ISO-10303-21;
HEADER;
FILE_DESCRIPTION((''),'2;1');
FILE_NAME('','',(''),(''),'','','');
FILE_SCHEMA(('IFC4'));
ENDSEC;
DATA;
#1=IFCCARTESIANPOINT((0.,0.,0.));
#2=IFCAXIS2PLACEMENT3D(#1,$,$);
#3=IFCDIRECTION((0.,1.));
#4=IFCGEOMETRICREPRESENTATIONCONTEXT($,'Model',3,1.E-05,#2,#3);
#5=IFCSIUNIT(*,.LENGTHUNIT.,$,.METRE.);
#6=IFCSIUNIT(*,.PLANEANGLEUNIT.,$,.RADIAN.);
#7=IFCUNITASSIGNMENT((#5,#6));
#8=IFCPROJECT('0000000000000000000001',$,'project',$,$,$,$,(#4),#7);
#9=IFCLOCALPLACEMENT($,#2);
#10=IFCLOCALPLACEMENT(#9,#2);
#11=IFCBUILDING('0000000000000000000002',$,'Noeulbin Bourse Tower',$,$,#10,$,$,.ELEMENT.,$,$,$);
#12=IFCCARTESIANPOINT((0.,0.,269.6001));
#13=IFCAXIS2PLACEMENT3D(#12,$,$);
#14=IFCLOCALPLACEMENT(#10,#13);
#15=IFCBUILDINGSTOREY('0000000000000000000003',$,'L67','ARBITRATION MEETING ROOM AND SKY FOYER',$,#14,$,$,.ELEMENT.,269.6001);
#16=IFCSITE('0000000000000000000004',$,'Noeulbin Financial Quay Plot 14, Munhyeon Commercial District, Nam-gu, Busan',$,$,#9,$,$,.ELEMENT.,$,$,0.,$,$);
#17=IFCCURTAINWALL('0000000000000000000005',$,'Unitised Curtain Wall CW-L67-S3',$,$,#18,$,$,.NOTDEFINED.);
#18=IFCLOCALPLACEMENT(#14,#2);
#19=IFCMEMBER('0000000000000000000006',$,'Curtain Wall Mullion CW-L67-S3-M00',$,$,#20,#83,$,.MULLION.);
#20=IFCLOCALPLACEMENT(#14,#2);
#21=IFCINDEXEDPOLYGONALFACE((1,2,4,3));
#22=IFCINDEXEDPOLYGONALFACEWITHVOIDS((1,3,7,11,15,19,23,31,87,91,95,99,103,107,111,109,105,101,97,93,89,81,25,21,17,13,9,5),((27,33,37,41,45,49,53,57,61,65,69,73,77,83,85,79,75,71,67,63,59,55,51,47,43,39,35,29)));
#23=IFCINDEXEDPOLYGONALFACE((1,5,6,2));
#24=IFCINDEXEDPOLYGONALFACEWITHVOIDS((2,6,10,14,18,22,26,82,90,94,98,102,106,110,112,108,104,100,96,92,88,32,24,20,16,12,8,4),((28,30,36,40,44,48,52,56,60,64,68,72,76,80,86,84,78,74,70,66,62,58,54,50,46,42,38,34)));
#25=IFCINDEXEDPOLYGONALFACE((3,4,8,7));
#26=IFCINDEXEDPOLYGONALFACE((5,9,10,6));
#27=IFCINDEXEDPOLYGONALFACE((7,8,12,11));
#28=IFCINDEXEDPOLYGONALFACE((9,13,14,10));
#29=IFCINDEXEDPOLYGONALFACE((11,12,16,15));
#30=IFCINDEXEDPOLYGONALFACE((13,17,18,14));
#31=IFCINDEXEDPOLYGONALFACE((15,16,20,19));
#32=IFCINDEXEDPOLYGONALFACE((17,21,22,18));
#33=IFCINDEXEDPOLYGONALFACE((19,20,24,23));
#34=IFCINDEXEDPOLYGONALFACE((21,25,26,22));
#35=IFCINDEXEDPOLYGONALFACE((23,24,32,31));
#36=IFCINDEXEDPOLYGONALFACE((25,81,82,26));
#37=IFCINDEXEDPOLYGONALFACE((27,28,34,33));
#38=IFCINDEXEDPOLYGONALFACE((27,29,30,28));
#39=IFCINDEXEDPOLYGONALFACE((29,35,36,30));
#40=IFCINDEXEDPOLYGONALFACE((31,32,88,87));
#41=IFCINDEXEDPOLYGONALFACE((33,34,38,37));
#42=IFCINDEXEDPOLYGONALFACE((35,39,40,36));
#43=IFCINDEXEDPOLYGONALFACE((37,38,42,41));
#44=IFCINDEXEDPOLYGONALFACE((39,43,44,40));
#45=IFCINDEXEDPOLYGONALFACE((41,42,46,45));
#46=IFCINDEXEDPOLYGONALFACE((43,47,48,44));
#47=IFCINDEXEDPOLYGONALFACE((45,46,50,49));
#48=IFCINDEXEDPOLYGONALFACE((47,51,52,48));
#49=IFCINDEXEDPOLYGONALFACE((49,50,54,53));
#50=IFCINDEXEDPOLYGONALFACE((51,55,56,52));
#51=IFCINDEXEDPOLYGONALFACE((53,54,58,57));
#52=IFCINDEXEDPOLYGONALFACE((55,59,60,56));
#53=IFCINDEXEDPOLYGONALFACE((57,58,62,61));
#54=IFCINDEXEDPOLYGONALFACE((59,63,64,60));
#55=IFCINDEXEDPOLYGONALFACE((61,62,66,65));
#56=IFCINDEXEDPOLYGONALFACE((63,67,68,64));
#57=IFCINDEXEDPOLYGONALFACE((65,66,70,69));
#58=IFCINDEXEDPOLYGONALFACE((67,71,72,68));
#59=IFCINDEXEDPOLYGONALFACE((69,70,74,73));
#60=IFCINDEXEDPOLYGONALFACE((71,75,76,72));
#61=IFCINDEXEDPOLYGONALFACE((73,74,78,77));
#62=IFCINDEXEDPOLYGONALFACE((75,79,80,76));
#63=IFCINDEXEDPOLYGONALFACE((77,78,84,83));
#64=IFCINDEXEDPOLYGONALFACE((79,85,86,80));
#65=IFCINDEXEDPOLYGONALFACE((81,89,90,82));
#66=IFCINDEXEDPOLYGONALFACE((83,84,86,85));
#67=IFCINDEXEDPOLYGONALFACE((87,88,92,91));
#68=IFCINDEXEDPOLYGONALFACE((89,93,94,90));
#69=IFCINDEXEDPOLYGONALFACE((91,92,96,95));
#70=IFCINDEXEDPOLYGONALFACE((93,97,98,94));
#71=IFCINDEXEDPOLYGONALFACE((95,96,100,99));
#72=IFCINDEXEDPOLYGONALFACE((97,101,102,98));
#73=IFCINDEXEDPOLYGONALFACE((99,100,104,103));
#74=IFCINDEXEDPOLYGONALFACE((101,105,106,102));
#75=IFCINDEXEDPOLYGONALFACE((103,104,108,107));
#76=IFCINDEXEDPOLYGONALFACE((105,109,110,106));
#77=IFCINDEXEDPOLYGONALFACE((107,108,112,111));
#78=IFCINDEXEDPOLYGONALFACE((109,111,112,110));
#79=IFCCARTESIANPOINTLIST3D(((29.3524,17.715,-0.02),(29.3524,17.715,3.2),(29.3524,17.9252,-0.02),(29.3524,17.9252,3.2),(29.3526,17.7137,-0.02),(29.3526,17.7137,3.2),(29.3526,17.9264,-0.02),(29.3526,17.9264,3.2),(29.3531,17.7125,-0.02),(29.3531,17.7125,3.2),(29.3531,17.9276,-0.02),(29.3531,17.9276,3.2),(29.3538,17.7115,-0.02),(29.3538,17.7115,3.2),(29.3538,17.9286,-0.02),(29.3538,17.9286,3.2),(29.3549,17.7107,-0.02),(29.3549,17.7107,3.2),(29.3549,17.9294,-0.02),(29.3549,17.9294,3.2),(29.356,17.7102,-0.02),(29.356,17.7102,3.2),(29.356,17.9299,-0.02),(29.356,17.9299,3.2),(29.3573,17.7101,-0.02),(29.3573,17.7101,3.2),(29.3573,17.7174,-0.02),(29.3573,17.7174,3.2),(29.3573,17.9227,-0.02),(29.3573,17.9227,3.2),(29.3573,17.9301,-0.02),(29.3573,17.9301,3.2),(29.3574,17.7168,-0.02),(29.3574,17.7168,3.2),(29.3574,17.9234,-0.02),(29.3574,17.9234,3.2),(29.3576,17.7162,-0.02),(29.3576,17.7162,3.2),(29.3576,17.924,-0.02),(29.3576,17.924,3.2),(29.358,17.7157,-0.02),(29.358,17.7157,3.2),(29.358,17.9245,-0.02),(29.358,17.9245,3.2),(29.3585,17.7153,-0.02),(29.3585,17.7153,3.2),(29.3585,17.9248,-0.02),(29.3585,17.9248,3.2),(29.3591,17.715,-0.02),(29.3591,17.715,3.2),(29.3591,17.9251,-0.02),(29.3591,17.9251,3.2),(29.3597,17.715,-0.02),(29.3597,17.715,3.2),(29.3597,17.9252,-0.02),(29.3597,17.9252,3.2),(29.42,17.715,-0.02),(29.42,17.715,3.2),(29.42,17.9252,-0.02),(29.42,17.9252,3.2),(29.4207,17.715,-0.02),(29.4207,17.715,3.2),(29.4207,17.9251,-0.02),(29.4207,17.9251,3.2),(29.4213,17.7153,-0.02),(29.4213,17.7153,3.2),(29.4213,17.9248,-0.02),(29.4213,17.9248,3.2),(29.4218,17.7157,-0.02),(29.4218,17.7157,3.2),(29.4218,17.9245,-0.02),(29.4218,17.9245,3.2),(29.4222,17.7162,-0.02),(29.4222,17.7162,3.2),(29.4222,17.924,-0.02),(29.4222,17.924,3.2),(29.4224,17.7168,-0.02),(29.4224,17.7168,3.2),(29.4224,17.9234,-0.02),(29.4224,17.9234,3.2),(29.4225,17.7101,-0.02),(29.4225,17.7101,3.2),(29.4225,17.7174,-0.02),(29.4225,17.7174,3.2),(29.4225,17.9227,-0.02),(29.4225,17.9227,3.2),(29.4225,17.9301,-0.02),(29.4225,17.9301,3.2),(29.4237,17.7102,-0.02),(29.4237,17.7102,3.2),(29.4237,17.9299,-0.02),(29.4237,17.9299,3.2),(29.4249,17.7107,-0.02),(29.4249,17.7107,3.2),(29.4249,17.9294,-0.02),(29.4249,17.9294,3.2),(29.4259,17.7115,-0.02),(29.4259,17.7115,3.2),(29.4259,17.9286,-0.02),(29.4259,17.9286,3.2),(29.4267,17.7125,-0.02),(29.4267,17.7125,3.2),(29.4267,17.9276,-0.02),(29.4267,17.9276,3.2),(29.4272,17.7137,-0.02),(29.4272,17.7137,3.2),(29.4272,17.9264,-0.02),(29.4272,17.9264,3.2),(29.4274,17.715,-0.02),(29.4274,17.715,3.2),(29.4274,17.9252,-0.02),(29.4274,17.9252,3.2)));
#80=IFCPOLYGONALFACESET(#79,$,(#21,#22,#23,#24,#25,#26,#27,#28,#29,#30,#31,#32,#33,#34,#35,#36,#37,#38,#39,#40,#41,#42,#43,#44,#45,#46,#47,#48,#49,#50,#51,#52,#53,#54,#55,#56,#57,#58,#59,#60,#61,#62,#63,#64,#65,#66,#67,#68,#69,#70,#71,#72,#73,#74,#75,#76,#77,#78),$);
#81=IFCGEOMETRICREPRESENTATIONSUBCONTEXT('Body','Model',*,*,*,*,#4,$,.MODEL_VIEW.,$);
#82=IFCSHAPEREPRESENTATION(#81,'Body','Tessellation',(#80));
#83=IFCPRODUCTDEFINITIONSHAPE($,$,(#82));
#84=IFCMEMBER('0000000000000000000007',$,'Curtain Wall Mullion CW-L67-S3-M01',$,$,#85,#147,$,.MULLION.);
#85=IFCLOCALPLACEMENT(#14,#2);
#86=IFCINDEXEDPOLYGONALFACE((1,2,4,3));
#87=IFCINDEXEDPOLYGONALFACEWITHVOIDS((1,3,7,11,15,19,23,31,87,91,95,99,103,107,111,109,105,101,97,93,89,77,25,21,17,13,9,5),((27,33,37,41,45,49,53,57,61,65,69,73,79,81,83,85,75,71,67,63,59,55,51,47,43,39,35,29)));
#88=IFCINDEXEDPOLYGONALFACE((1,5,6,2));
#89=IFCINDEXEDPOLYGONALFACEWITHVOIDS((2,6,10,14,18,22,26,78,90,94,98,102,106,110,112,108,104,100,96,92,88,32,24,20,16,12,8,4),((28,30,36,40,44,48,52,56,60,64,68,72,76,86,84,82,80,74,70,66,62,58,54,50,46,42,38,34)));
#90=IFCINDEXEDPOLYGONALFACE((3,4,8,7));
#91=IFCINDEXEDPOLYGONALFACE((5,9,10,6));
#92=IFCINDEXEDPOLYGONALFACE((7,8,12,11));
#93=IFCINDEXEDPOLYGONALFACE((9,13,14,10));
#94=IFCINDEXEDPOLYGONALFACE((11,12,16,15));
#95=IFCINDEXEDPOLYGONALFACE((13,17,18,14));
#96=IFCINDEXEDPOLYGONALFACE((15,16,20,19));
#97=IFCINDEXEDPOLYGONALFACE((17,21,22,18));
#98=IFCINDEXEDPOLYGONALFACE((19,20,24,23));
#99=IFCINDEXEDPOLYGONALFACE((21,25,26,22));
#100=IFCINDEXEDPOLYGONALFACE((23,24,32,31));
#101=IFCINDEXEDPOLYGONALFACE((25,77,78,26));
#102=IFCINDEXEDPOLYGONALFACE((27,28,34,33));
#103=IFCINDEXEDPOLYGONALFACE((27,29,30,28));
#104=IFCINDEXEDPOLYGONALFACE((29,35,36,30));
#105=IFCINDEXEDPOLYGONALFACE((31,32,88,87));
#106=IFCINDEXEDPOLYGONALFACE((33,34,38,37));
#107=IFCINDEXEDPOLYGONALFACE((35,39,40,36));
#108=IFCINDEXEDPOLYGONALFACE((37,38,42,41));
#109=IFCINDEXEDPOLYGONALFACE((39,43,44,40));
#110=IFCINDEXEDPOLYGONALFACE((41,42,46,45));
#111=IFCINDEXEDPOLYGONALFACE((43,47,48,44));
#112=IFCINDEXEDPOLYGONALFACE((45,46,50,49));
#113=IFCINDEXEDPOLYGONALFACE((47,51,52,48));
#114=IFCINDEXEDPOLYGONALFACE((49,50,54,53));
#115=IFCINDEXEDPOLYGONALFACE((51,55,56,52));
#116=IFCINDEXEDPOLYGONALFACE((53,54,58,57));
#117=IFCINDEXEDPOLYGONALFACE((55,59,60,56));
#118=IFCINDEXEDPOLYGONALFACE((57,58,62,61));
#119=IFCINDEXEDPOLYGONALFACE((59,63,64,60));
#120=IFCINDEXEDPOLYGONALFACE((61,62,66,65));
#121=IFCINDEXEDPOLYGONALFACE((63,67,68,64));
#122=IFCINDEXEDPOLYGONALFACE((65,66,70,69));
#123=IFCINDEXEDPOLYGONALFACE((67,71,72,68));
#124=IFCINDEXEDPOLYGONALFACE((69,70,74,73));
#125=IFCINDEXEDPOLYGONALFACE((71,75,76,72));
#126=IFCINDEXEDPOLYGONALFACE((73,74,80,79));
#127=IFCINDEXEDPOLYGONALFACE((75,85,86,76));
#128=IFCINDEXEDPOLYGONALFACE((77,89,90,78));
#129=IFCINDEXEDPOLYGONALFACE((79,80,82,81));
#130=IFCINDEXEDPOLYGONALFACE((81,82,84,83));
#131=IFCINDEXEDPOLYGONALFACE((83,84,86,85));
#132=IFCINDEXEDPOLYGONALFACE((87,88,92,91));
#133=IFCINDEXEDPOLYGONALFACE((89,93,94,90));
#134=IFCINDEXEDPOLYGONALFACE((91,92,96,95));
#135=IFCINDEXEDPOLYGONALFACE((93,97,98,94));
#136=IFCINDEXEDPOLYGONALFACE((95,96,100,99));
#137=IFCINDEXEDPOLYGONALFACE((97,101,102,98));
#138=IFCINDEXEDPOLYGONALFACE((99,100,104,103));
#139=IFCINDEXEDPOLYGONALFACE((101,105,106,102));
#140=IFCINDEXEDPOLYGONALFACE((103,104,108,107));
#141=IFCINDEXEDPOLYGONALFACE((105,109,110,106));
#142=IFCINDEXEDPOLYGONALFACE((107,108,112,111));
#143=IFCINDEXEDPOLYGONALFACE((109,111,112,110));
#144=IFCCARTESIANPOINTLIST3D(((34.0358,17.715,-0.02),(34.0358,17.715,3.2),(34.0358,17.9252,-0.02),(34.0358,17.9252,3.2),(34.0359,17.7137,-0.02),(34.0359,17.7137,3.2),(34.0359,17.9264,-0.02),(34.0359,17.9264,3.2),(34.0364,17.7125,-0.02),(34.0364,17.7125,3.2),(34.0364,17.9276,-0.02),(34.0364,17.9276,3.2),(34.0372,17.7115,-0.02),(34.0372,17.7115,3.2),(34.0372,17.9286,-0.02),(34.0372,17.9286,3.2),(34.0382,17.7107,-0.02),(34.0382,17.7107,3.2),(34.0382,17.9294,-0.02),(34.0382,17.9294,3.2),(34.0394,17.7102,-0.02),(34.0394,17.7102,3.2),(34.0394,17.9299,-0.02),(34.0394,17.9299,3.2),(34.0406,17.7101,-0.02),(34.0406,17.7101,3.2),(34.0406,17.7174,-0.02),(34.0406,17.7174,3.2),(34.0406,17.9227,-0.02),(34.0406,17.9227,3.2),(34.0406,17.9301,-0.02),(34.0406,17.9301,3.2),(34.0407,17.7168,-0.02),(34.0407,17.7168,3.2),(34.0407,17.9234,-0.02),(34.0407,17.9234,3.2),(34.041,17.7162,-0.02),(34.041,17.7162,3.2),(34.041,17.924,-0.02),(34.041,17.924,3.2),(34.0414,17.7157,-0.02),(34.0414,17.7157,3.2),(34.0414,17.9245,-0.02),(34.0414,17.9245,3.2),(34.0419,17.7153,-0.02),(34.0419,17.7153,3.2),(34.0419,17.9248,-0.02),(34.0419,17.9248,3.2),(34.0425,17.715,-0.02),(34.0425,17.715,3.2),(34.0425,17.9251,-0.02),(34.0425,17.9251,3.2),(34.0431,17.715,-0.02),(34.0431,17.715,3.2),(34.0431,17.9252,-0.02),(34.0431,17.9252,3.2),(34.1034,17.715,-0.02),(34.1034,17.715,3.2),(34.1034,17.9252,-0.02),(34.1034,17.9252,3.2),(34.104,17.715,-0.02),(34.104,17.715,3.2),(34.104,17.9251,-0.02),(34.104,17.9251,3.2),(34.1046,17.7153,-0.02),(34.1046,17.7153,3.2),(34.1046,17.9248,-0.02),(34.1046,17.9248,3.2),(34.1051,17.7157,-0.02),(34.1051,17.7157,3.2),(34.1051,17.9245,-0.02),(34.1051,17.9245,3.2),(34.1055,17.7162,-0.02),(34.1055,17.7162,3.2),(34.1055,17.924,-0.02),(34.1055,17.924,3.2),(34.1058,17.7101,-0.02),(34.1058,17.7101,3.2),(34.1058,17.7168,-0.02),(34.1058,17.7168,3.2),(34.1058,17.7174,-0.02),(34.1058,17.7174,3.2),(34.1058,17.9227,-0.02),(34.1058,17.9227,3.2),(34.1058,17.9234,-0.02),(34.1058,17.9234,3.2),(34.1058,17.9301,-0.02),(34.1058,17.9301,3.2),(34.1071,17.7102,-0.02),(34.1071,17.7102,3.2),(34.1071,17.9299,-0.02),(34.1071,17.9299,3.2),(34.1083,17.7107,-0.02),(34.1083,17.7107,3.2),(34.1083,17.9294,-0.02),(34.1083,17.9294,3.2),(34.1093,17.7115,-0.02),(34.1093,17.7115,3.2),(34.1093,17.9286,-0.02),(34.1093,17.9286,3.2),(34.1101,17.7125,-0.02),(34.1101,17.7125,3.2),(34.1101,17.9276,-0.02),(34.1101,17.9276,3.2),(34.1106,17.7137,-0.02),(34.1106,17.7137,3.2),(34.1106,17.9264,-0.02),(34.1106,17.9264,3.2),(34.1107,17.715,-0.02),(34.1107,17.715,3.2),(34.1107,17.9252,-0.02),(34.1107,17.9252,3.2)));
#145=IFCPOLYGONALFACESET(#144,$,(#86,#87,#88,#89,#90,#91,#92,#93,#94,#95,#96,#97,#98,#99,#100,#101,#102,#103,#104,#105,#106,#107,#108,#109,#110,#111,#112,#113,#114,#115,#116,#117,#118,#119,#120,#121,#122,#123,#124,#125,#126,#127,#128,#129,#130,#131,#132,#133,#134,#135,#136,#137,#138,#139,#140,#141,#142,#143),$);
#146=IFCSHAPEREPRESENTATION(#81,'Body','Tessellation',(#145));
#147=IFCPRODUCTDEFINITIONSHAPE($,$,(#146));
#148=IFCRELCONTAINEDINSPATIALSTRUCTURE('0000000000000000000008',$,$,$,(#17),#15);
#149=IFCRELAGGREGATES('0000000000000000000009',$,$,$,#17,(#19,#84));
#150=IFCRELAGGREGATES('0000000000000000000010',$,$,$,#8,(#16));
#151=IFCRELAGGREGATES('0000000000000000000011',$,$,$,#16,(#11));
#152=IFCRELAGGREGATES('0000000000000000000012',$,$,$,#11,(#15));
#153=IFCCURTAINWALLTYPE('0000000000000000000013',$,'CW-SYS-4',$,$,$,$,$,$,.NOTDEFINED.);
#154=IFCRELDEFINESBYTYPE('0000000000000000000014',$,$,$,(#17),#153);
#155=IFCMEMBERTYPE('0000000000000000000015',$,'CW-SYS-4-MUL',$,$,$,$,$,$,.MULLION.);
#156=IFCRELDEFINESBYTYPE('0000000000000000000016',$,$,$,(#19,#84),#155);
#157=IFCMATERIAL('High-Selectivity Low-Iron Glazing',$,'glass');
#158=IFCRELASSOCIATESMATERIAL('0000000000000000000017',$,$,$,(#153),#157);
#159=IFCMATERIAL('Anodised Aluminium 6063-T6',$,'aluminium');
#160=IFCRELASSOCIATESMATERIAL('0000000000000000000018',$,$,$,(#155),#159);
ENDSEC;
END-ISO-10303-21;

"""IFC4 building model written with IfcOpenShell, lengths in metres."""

from ifc_helpers import new_model, si_unit, direction, frame, origin, origin_2d, place, context, subcontext, project, spatial, hollow_rectangle, extrude, material, material_profile, profile_set, type_object, element, aggregate, save


model = new_model("IFC4")

# Units and contexts
model_context = context("Model", 3, precision=1e-05, world=origin(), true_north=direction((0.0, 1.0)))
body_context = subcontext(model_context, "Body", "Model", "MODEL_VIEW")
ifc_project = project(units=[si_unit("LENGTHUNIT", "METRE"), si_unit("PLANEANGLEUNIT", "RADIAN")], contexts=[model_context])

# Site, building, storey
site_placement = place(None, origin())
site = spatial("IfcSite", under=ifc_project, at=site_placement, Name="Noeulbin Financial Quay Plot 14, Munhyeon Commercial District, Nam-gu, Busan", CompositionType="ELEMENT", RefElevation=0.0)
building_placement = place(site_placement, origin())
building = spatial("IfcBuilding", under=site, at=building_placement, Name="Noeulbin Bourse Tower", CompositionType="ELEMENT")
storey_placement = place(building_placement, frame((0.0, 0.0, 269.6001)))
storey = spatial("IfcBuildingStorey", under=building, at=storey_placement, Name="L67", Description="ARBITRATION MEETING ROOM AND SKY FOYER", CompositionType="ELEMENT", Elevation=269.6001)

# Shared definitions
ifc_material_1 = material(Name="High-Selectivity Low-Iron Glazing", Category="glass")
curtain_wall_type = type_object("IfcCurtainWallType", Name="CW-SYS-4", PredefinedType="NOTDEFINED", material=ifc_material_1)
ifc_material_2 = material(Name="Anodised Aluminium 6063-T6", Category="aluminium")
ifc_material_profile_1 = material_profile(ifc_material_2, hollow_rectangle(XDim=0.075, YDim=0.22, WallThickness=0.0049, InnerFilletRadius=0.0024, OuterFilletRadius=0.0049, at=origin_2d()), Name="ALU-MULL-75x220x5", Category="LoadBearing")
ifc_profile_set_1 = profile_set([ifc_material_profile_1], Name="Anodised Aluminium 6063-T6")
member_type_1 = type_object("IfcMemberType", Name="CW-SYS-4-MUL", PredefinedType="MULLION", material=ifc_profile_set_1)

# Curtain wall, members
curtain_wall_1_placement = place(storey_placement, origin())
curtain_wall_1 = element("IfcCurtainWall", 1, at=curtain_wall_1_placement, inside=storey, type_object=curtain_wall_type, Name="Unitised Curtain Wall CW-L67-S3", PredefinedType="NOTDEFINED")
member_1_placement = place(storey_placement, frame((29.3899, 17.8201, -0.02), z_axis=(0.0, 0.0, 1.0), x_axis=(1.0, 0.0, 0.0)))
member_1 = element("IfcMember", 2, at=member_1_placement, type_object=member_type_1, Name="Curtain Wall Mullion CW-L67-S3-M00", PredefinedType="MULLION", context=body_context, shape_type="SweptSolid", body=[
    extrude(hollow_rectangle(XDim=0.075, YDim=0.22, WallThickness=0.0049, InnerFilletRadius=0.0024, OuterFilletRadius=0.0049, at=origin_2d()), origin(), (0.0, 0.0, 1.0), 3.22),
])
member_2_placement = place(storey_placement, frame((34.0732, 17.8201, -0.02), z_axis=(0.0, 0.0, 1.0), x_axis=(1.0, 0.0, 0.0)))
member_2 = element("IfcMember", 3, at=member_2_placement, type_object=member_type_1, Name="Curtain Wall Mullion CW-L67-S3-M01", PredefinedType="MULLION", context=body_context, shape_type="SweptSolid", body=[
    extrude(hollow_rectangle(XDim=0.075, YDim=0.22, WallThickness=0.0049, InnerFilletRadius=0.0024, OuterFilletRadius=0.0049, at=origin_2d()), origin(), (0.0, 0.0, 1.0), 3.22),
])

aggregate(curtain_wall_1, [member_1, member_2])

save(model, "model.ifc")
